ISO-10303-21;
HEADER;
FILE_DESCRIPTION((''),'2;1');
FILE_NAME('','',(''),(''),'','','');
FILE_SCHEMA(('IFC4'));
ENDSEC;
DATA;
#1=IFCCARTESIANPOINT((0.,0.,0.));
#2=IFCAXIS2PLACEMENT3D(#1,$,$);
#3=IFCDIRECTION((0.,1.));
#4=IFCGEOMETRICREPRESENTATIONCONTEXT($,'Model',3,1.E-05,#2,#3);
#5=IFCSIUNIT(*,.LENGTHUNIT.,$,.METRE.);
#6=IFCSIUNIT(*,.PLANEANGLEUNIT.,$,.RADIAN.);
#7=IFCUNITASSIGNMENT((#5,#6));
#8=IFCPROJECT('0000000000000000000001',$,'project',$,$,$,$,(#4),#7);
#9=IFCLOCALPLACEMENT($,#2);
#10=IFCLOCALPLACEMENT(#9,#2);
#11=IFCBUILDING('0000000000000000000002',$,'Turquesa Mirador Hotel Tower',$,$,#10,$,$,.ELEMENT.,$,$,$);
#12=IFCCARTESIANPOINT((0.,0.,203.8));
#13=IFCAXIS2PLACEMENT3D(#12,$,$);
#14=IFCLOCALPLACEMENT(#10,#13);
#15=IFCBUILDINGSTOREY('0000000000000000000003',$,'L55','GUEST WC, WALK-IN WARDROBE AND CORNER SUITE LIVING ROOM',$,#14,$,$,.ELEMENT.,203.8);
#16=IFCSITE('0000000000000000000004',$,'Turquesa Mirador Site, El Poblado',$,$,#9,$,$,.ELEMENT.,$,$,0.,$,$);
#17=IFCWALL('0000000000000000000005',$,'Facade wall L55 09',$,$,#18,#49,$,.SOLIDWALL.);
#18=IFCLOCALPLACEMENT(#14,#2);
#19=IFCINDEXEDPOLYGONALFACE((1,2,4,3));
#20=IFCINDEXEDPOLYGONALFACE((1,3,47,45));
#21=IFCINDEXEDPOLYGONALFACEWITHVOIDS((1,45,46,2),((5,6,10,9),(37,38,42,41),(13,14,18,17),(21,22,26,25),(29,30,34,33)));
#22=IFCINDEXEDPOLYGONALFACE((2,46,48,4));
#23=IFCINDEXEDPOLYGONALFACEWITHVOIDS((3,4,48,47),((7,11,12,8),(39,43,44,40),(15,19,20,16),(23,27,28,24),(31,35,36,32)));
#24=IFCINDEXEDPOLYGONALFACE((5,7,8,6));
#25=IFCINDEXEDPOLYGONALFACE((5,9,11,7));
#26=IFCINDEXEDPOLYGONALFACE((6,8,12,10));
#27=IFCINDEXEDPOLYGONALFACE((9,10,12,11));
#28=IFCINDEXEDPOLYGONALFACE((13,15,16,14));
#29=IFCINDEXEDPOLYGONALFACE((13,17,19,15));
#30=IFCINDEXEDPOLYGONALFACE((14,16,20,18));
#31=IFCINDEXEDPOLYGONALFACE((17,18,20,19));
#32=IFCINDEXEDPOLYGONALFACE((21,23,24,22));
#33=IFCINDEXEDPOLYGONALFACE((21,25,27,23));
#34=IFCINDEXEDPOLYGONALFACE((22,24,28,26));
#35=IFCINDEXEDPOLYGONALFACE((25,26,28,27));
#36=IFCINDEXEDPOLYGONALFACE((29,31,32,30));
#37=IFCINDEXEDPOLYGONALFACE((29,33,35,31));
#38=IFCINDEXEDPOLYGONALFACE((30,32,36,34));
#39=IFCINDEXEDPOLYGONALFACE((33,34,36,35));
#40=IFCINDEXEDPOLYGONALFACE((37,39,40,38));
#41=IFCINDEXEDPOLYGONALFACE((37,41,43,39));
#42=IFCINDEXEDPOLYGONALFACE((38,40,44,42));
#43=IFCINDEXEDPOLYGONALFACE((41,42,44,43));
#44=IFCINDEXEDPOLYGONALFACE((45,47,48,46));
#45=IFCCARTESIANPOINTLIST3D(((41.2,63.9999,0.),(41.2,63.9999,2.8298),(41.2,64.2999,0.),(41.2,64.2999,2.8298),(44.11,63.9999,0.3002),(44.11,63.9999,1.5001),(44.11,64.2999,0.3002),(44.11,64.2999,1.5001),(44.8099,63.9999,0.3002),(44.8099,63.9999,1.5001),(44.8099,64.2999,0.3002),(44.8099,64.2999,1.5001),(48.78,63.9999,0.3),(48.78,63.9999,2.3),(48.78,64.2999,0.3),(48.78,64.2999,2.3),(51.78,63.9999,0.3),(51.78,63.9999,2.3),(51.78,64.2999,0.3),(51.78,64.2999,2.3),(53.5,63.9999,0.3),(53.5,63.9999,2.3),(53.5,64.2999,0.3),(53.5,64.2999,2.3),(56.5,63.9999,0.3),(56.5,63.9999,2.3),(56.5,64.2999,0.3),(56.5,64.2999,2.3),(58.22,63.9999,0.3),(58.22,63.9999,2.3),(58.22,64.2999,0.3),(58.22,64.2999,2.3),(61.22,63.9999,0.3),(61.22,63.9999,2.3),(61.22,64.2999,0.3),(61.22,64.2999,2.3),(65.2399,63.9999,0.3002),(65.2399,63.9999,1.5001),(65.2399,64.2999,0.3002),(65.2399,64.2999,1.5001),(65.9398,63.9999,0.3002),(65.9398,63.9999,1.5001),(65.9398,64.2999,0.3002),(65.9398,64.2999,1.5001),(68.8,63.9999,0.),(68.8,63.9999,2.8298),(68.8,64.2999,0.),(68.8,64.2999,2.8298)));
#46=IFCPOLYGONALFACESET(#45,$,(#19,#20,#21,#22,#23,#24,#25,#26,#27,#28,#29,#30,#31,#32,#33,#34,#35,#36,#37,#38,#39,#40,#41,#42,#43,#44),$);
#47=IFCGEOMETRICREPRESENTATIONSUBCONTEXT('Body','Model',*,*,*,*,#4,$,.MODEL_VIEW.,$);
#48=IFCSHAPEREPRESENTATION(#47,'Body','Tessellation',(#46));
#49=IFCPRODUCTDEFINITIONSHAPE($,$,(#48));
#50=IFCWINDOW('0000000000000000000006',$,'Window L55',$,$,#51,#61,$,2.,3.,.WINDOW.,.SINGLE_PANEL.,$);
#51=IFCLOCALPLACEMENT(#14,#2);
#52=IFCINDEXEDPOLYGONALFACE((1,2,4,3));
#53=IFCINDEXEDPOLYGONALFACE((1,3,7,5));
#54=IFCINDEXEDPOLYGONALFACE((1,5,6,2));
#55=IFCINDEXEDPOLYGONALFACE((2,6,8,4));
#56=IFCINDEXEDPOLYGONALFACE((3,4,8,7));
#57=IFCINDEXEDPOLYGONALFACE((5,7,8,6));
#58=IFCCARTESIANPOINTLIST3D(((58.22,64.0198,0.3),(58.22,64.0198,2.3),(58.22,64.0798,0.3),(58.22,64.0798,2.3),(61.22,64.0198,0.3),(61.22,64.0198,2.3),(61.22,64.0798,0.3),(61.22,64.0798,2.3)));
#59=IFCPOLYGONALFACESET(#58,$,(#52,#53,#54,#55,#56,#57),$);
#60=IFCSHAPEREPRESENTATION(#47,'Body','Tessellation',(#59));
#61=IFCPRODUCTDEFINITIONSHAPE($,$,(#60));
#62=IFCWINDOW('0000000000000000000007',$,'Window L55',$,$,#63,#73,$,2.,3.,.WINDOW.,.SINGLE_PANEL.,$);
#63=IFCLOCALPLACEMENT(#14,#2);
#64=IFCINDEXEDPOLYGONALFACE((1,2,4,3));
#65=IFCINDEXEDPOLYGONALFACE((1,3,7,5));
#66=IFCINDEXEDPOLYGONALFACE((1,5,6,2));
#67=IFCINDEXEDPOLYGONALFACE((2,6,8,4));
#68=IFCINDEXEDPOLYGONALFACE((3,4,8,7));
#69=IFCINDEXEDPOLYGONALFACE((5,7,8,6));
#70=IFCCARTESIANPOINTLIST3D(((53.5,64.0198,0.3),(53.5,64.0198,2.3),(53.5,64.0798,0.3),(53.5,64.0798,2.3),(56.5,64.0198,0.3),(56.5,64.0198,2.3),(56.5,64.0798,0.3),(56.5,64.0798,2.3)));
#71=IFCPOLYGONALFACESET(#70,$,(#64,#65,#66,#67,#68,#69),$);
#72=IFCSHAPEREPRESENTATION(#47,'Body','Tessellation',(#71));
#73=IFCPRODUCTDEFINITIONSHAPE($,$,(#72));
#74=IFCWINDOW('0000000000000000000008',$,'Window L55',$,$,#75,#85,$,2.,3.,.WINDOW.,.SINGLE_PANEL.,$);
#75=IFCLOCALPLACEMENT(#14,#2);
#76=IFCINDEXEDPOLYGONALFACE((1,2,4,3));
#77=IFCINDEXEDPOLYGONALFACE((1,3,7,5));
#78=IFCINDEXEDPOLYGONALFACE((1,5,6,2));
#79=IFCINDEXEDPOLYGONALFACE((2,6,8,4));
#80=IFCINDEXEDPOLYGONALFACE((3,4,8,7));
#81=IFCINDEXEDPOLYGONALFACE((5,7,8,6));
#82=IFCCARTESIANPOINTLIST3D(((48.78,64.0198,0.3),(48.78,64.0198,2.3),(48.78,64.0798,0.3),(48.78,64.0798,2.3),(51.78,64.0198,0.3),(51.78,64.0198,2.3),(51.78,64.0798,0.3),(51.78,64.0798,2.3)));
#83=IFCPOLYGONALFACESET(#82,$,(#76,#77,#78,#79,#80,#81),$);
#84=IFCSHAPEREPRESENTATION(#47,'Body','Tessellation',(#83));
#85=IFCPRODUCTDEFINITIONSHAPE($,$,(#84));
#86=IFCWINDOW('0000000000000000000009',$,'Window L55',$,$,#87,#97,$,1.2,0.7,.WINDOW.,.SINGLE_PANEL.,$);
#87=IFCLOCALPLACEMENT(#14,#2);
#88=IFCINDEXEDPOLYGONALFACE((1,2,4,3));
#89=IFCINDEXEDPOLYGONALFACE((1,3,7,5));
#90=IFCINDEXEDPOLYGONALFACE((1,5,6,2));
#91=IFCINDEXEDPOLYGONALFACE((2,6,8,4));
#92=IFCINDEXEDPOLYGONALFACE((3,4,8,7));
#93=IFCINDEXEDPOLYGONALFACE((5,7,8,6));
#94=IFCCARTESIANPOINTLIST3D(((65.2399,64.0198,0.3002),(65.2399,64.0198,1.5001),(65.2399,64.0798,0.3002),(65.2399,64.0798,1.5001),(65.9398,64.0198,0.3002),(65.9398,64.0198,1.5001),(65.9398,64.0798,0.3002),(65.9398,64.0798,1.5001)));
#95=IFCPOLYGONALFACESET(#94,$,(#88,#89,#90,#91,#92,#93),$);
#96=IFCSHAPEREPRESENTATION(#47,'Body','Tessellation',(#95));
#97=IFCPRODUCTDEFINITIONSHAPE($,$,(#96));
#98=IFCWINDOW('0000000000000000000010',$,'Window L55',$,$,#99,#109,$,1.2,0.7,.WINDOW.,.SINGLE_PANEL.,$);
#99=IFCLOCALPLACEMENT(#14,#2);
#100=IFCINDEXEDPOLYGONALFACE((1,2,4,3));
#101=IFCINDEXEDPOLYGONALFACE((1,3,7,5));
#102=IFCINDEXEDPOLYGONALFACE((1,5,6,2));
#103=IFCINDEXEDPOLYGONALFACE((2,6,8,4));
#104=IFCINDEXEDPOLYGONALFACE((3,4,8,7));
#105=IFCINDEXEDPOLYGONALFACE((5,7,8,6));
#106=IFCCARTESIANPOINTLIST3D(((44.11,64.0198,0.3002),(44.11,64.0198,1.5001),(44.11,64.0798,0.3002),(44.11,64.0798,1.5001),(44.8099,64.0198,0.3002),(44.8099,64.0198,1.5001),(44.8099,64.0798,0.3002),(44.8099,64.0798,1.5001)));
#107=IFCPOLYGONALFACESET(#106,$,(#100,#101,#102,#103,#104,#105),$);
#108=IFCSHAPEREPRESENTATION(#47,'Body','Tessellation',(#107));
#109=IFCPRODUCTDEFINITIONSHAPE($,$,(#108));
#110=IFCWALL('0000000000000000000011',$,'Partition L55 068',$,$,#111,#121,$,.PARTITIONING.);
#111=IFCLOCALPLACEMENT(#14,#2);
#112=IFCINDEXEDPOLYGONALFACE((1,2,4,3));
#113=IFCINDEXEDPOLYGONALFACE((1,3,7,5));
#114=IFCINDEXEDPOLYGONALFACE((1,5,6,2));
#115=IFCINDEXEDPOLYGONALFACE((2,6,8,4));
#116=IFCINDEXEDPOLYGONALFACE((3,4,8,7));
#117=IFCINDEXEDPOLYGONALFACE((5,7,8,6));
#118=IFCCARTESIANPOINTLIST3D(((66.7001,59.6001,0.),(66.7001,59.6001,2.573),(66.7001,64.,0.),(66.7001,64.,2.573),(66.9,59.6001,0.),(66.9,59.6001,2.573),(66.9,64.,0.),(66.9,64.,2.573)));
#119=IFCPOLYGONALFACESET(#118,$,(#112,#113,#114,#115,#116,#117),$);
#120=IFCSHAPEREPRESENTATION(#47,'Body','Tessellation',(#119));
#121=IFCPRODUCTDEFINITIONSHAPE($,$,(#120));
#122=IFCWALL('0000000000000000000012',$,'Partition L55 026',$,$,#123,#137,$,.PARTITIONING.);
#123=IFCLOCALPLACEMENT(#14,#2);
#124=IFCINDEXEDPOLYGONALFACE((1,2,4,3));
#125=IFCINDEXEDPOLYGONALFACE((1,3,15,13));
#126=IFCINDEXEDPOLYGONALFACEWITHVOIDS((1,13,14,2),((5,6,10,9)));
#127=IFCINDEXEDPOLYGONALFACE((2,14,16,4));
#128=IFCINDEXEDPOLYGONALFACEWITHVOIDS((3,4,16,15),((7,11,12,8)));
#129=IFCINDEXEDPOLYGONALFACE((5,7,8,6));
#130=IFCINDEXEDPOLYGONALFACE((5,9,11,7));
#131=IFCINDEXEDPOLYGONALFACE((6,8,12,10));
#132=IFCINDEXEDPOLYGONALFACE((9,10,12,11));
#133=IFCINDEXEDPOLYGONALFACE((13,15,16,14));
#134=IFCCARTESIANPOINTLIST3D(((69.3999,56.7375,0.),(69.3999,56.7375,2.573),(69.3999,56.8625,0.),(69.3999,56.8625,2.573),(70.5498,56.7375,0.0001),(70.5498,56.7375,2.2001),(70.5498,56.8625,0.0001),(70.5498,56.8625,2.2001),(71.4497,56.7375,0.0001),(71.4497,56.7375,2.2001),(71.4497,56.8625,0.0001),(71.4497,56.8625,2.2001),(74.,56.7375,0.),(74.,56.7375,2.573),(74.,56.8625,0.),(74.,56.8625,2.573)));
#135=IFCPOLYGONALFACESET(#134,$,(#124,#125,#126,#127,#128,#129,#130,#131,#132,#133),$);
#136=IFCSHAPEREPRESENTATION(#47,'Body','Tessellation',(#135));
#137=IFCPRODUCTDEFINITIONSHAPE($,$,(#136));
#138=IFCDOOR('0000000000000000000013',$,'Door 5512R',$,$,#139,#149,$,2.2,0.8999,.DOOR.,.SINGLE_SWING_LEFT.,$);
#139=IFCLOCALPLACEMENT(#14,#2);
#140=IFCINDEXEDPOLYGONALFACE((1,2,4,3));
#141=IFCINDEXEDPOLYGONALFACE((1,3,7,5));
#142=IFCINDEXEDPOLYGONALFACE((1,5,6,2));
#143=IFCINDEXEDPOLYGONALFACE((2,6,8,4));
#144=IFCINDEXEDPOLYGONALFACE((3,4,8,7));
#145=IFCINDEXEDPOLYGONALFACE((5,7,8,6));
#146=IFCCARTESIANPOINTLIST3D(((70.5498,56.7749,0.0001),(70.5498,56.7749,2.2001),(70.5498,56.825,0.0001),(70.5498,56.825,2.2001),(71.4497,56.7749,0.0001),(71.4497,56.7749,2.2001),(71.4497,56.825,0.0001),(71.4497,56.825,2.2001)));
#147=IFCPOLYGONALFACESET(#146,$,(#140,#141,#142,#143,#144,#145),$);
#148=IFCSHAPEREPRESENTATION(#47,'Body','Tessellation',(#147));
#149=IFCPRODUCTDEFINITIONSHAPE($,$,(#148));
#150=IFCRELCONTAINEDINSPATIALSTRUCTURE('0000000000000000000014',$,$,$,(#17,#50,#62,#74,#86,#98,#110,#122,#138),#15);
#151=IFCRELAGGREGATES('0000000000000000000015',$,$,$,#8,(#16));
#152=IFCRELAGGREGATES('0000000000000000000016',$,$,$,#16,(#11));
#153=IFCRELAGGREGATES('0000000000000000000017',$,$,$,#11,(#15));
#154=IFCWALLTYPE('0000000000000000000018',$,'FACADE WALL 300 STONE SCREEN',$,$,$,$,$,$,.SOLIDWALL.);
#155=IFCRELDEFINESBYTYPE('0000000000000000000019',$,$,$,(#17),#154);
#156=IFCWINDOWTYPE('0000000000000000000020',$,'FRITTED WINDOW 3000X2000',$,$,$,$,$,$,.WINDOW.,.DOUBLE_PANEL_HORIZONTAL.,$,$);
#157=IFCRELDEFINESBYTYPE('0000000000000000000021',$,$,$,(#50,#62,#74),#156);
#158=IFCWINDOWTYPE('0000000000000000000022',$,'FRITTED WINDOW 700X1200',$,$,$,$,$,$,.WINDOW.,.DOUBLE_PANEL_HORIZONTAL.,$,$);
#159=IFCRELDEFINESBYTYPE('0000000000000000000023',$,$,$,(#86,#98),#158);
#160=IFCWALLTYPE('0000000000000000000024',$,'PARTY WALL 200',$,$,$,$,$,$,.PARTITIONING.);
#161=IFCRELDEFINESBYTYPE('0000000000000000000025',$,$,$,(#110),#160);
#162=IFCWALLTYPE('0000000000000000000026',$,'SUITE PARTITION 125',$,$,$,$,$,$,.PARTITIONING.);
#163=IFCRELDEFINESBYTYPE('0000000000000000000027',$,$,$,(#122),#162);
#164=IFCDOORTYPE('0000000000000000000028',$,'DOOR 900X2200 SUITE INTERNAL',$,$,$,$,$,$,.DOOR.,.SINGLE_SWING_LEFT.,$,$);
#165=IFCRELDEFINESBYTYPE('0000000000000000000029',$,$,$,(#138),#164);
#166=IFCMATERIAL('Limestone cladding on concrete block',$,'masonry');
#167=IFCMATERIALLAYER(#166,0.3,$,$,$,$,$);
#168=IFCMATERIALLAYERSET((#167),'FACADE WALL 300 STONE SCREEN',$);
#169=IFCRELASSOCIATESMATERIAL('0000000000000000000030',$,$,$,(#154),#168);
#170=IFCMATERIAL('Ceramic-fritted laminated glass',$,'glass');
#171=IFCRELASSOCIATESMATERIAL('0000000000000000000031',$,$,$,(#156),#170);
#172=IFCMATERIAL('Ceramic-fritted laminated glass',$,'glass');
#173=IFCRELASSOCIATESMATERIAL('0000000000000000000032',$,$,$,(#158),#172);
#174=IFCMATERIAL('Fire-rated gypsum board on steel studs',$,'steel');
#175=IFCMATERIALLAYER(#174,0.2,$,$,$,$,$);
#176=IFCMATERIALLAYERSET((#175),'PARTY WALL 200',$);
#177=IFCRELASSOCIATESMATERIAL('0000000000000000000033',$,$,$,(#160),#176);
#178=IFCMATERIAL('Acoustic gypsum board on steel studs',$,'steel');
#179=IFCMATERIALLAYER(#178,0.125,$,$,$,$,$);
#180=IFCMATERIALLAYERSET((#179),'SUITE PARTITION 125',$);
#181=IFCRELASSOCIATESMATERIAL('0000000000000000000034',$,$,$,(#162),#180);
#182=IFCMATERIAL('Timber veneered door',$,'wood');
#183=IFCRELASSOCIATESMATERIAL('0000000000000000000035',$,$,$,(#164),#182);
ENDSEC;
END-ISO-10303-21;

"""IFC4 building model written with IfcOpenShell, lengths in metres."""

from ifc_helpers import new_model, si_unit, direction, frame, frame_2d, origin, place, context, subcontext, project, spatial, rectangle, extrude, material, layer, layer_set, type_object, element, fill, save


model = new_model("IFC4")

# Units and contexts
model_context = context("Model", 3, precision=1e-05, world=origin(), true_north=direction((0.0, 1.0)))
body_context = subcontext(model_context, "Body", "Model", "MODEL_VIEW")
ifc_project = project(units=[si_unit("LENGTHUNIT", "METRE"), si_unit("PLANEANGLEUNIT", "RADIAN")], contexts=[model_context])

# Site, building, storey
site_placement = place(None, origin())
site = spatial("IfcSite", under=ifc_project, at=site_placement, Name="Turquesa Mirador Site, El Poblado", CompositionType="ELEMENT", RefElevation=0.0)
building_placement = place(site_placement, origin())
building = spatial("IfcBuilding", under=site, at=building_placement, Name="Turquesa Mirador Hotel Tower", CompositionType="ELEMENT")
storey_placement = place(building_placement, frame((0.0, 0.0, 203.8)))
storey = spatial("IfcBuildingStorey", under=building, at=storey_placement, Name="L55", Description="GUEST WC, WALK-IN WARDROBE AND CORNER SUITE LIVING ROOM", CompositionType="ELEMENT", Elevation=203.8)

# Shared definitions
ifc_material_1 = material(Name="Limestone cladding on concrete block", Category="masonry")
ifc_layer_1 = layer(ifc_material_1, 0.3)
ifc_layer_set_1 = layer_set([ifc_layer_1], Name="FACADE WALL 300 STONE SCREEN")
wall_type_1 = type_object("IfcWallType", Name="FACADE WALL 300 STONE SCREEN", PredefinedType="SOLIDWALL", material=ifc_layer_set_1)

# Wall, openings, windows
wall_1_placement = place(storey_placement, frame((68.8, 64.1499, 0.0), z_axis=(0.0, 0.0, 1.0), x_axis=(-1.0, 0.0, 0.0)))
wall_1 = element("IfcWall", 1, at=wall_1_placement, inside=storey, type_object=wall_type_1, Name="Facade wall L55 09", PredefinedType="SOLIDWALL", context=body_context, shape_type="SweptSolid", body=[
    extrude(rectangle(XDim=27.6001, YDim=0.3, at=frame_2d((13.8, 0.0))), origin(), (0.0, 0.0, 1.0), 2.8298),
])
opening_1_placement = place(wall_1_placement, frame((2.8601, 0.0, 0.3)))
opening_1 = element("IfcOpeningElement", 2, at=opening_1_placement, cuts=wall_1, PredefinedType="OPENING", context=body_context, shape_type="SweptSolid", body=[
    extrude(rectangle(XDim=0.7, YDim=1.2, at=frame_2d((0.3501, 0.6001))), frame((0.0, 0.1599, 0.0), z_axis=(0.0, -1.0, 0.0), x_axis=(1.0, 0.0, 0.0)), (0.0, 0.0, 1.0), 0.3201),
])
opening_2_placement = place(wall_1_placement, frame((7.5801, 0.0, 0.3)))
opening_2 = element("IfcOpeningElement", 3, at=opening_2_placement, cuts=wall_1, PredefinedType="OPENING", context=body_context, shape_type="SweptSolid", body=[
    extrude(rectangle(XDim=3.0, YDim=2.0, at=frame_2d((1.5, 1.0))), frame((0.0, 0.1599, 0.0), z_axis=(0.0, -1.0, 0.0), x_axis=(1.0, 0.0, 0.0)), (0.0, 0.0, 1.0), 0.3201),
])
opening_3_placement = place(wall_1_placement, frame((12.3, 0.0, 0.3)))
opening_3 = element("IfcOpeningElement", 4, at=opening_3_placement, cuts=wall_1, PredefinedType="OPENING", context=body_context, shape_type="SweptSolid", body=[
    extrude(rectangle(XDim=3.0, YDim=2.0, at=frame_2d((1.5, 1.0))), frame((0.0, 0.1599, 0.0), z_axis=(0.0, -1.0, 0.0), x_axis=(1.0, 0.0, 0.0)), (0.0, 0.0, 1.0), 0.3201),
])
opening_4_placement = place(wall_1_placement, frame((17.02, 0.0, 0.3)))
opening_4 = element("IfcOpeningElement", 5, at=opening_4_placement, cuts=wall_1, PredefinedType="OPENING", context=body_context, shape_type="SweptSolid", body=[
    extrude(rectangle(XDim=3.0, YDim=2.0, at=frame_2d((1.5, 1.0))), frame((0.0, 0.1599, 0.0), z_axis=(0.0, -1.0, 0.0), x_axis=(1.0, 0.0, 0.0)), (0.0, 0.0, 1.0), 0.3201),
])
opening_5_placement = place(wall_1_placement, frame((23.99, 0.0, 0.3)))
opening_5 = element("IfcOpeningElement", 6, at=opening_5_placement, cuts=wall_1, PredefinedType="OPENING", context=body_context, shape_type="SweptSolid", body=[
    extrude(rectangle(XDim=0.7, YDim=1.2, at=frame_2d((0.3501, 0.6001))), frame((0.0, 0.1599, 0.0), z_axis=(0.0, -1.0, 0.0), x_axis=(1.0, 0.0, 0.0)), (0.0, 0.0, 1.0), 0.3201),
])
ifc_material_2 = material(Name="Ceramic-fritted laminated glass", Category="glass")
window_type_1 = type_object("IfcWindowType", Name="FRITTED WINDOW 3000X2000", PartitioningType="DOUBLE_PANEL_HORIZONTAL", PredefinedType="WINDOW", material=ifc_material_2)
window_1_placement = place(opening_2_placement, origin())
window_1 = element("IfcWindow", 7, at=window_1_placement, inside=storey, type_object=window_type_1, Name="Window L55", OverallHeight=2.0, OverallWidth=3.0, PartitioningType="SINGLE_PANEL", PredefinedType="WINDOW", context=body_context, shape_type="SweptSolid", body=[
    extrude(rectangle(XDim=3.0, YDim=2.0, at=frame_2d((1.5, 1.0))), frame((0.0, 0.1301, 0.0), z_axis=(0.0, -1.0, 0.0), x_axis=(1.0, 0.0, 0.0)), (0.0, 0.0, 1.0), 0.0601),
])
fill(opening_2, window_1)
window_2_placement = place(opening_3_placement, origin())
window_2 = element("IfcWindow", 8, at=window_2_placement, inside=storey, type_object=window_type_1, Name="Window L55", OverallHeight=2.0, OverallWidth=3.0, PartitioningType="SINGLE_PANEL", PredefinedType="WINDOW", context=body_context, shape_type="SweptSolid", body=[
    extrude(rectangle(XDim=3.0, YDim=2.0, at=frame_2d((1.5, 1.0))), frame((0.0, 0.1301, 0.0), z_axis=(0.0, -1.0, 0.0), x_axis=(1.0, 0.0, 0.0)), (0.0, 0.0, 1.0), 0.0601),
])
fill(opening_3, window_2)
window_3_placement = place(opening_4_placement, origin())
window_3 = element("IfcWindow", 9, at=window_3_placement, inside=storey, type_object=window_type_1, Name="Window L55", OverallHeight=2.0, OverallWidth=3.0, PartitioningType="SINGLE_PANEL", PredefinedType="WINDOW", context=body_context, shape_type="SweptSolid", body=[
    extrude(rectangle(XDim=3.0, YDim=2.0, at=frame_2d((1.5, 1.0))), frame((0.0, 0.1301, 0.0), z_axis=(0.0, -1.0, 0.0), x_axis=(1.0, 0.0, 0.0)), (0.0, 0.0, 1.0), 0.0601),
])
fill(opening_4, window_3)
ifc_material_3 = material(Name="Ceramic-fritted laminated glass", Category="glass")
window_type_2 = type_object("IfcWindowType", Name="FRITTED WINDOW 700X1200", PartitioningType="DOUBLE_PANEL_HORIZONTAL", PredefinedType="WINDOW", material=ifc_material_3)
window_4_placement = place(opening_1_placement, origin())
window_4 = element("IfcWindow", 10, at=window_4_placement, inside=storey, type_object=window_type_2, Name="Window L55", OverallHeight=1.2, OverallWidth=0.7, PartitioningType="SINGLE_PANEL", PredefinedType="WINDOW", context=body_context, shape_type="SweptSolid", body=[
    extrude(rectangle(XDim=0.7, YDim=1.2, at=frame_2d((0.3501, 0.6001))), frame((0.0, 0.1301, 0.0), z_axis=(0.0, -1.0, 0.0), x_axis=(1.0, 0.0, 0.0)), (0.0, 0.0, 1.0), 0.0601),
])
fill(opening_1, window_4)
window_5_placement = place(opening_5_placement, origin())
window_5 = element("IfcWindow", 11, at=window_5_placement, inside=storey, type_object=window_type_2, Name="Window L55", OverallHeight=1.2, OverallWidth=0.7, PartitioningType="SINGLE_PANEL", PredefinedType="WINDOW", context=body_context, shape_type="SweptSolid", body=[
    extrude(rectangle(XDim=0.7, YDim=1.2, at=frame_2d((0.3501, 0.6001))), frame((0.0, 0.1301, 0.0), z_axis=(0.0, -1.0, 0.0), x_axis=(1.0, 0.0, 0.0)), (0.0, 0.0, 1.0), 0.0601),
])
fill(opening_5, window_5)

# Wall
ifc_material_4 = material(Name="Fire-rated gypsum board on steel studs", Category="steel")
ifc_layer_2 = layer(ifc_material_4, 0.2)
ifc_layer_set_2 = layer_set([ifc_layer_2], Name="PARTY WALL 200")
wall_type_2 = type_object("IfcWallType", Name="PARTY WALL 200", PredefinedType="PARTITIONING", material=ifc_layer_set_2)
wall_2_placement = place(storey_placement, frame((66.8, 59.6001, 0.0), z_axis=(0.0, 0.0, 1.0), x_axis=(0.0, 1.0, 0.0)))
element("IfcWall", 12, at=wall_2_placement, inside=storey, type_object=wall_type_2, Name="Partition L55 068", PredefinedType="PARTITIONING", context=body_context, shape_type="SweptSolid", body=[
    extrude(rectangle(XDim=4.3999, YDim=0.2, at=frame_2d((2.2, 0.0))), origin(), (0.0, 0.0, 1.0), 2.573),
])

# Wall, opening, door
ifc_material_5 = material(Name="Acoustic gypsum board on steel studs", Category="steel")
ifc_layer_3 = layer(ifc_material_5, 0.125)
ifc_layer_set_3 = layer_set([ifc_layer_3], Name="SUITE PARTITION 125")
wall_type_3 = type_object("IfcWallType", Name="SUITE PARTITION 125", PredefinedType="PARTITIONING", material=ifc_layer_set_3)
wall_3_placement = place(storey_placement, frame((69.3999, 56.8, 0.0), z_axis=(0.0, 0.0, 1.0), x_axis=(1.0, 0.0, 0.0)))
wall_3 = element("IfcWall", 13, at=wall_3_placement, inside=storey, type_object=wall_type_3, Name="Partition L55 026", PredefinedType="PARTITIONING", context=body_context, shape_type="SweptSolid", body=[
    extrude(rectangle(XDim=4.6001, YDim=0.125, at=frame_2d((2.3, 0.0))), origin(), (0.0, 0.0, 1.0), 2.573),
])
opening_6_placement = place(wall_3_placement, frame((1.1499, 0.0, 0.0)))
opening_6 = element("IfcOpeningElement", 14, at=opening_6_placement, cuts=wall_3, PredefinedType="OPENING", context=body_context, shape_type="SweptSolid", body=[
    extrude(rectangle(XDim=0.8999, YDim=2.2, at=frame_2d((0.45, 1.1001))), frame((0.0, 0.0725, 0.0), z_axis=(0.0, -1.0, 0.0), x_axis=(1.0, 0.0, 0.0)), (0.0, 0.0, 1.0), 0.145),
])
ifc_material_6 = material(Name="Timber veneered door", Category="wood")
door_type_1 = type_object("IfcDoorType", Name="DOOR 900X2200 SUITE INTERNAL", OperationType="SINGLE_SWING_LEFT", PredefinedType="DOOR", material=ifc_material_6)
door_1_placement = place(opening_6_placement, origin())
door_1 = element("IfcDoor", 15, at=door_1_placement, inside=storey, type_object=door_type_1, Name="Door 5512R", OperationType="SINGLE_SWING_LEFT", OverallHeight=2.2, OverallWidth=0.8999, PredefinedType="DOOR", context=body_context, shape_type="SweptSolid", body=[
    extrude(rectangle(XDim=0.8999, YDim=2.2, at=frame_2d((0.45, 1.1001))), frame((0.0, 0.0249, 0.0), z_axis=(0.0, -1.0, 0.0), x_axis=(1.0, 0.0, 0.0)), (0.0, 0.0, 1.0), 0.05),
])
fill(opening_6, door_1)

save(model, "model.ifc")
